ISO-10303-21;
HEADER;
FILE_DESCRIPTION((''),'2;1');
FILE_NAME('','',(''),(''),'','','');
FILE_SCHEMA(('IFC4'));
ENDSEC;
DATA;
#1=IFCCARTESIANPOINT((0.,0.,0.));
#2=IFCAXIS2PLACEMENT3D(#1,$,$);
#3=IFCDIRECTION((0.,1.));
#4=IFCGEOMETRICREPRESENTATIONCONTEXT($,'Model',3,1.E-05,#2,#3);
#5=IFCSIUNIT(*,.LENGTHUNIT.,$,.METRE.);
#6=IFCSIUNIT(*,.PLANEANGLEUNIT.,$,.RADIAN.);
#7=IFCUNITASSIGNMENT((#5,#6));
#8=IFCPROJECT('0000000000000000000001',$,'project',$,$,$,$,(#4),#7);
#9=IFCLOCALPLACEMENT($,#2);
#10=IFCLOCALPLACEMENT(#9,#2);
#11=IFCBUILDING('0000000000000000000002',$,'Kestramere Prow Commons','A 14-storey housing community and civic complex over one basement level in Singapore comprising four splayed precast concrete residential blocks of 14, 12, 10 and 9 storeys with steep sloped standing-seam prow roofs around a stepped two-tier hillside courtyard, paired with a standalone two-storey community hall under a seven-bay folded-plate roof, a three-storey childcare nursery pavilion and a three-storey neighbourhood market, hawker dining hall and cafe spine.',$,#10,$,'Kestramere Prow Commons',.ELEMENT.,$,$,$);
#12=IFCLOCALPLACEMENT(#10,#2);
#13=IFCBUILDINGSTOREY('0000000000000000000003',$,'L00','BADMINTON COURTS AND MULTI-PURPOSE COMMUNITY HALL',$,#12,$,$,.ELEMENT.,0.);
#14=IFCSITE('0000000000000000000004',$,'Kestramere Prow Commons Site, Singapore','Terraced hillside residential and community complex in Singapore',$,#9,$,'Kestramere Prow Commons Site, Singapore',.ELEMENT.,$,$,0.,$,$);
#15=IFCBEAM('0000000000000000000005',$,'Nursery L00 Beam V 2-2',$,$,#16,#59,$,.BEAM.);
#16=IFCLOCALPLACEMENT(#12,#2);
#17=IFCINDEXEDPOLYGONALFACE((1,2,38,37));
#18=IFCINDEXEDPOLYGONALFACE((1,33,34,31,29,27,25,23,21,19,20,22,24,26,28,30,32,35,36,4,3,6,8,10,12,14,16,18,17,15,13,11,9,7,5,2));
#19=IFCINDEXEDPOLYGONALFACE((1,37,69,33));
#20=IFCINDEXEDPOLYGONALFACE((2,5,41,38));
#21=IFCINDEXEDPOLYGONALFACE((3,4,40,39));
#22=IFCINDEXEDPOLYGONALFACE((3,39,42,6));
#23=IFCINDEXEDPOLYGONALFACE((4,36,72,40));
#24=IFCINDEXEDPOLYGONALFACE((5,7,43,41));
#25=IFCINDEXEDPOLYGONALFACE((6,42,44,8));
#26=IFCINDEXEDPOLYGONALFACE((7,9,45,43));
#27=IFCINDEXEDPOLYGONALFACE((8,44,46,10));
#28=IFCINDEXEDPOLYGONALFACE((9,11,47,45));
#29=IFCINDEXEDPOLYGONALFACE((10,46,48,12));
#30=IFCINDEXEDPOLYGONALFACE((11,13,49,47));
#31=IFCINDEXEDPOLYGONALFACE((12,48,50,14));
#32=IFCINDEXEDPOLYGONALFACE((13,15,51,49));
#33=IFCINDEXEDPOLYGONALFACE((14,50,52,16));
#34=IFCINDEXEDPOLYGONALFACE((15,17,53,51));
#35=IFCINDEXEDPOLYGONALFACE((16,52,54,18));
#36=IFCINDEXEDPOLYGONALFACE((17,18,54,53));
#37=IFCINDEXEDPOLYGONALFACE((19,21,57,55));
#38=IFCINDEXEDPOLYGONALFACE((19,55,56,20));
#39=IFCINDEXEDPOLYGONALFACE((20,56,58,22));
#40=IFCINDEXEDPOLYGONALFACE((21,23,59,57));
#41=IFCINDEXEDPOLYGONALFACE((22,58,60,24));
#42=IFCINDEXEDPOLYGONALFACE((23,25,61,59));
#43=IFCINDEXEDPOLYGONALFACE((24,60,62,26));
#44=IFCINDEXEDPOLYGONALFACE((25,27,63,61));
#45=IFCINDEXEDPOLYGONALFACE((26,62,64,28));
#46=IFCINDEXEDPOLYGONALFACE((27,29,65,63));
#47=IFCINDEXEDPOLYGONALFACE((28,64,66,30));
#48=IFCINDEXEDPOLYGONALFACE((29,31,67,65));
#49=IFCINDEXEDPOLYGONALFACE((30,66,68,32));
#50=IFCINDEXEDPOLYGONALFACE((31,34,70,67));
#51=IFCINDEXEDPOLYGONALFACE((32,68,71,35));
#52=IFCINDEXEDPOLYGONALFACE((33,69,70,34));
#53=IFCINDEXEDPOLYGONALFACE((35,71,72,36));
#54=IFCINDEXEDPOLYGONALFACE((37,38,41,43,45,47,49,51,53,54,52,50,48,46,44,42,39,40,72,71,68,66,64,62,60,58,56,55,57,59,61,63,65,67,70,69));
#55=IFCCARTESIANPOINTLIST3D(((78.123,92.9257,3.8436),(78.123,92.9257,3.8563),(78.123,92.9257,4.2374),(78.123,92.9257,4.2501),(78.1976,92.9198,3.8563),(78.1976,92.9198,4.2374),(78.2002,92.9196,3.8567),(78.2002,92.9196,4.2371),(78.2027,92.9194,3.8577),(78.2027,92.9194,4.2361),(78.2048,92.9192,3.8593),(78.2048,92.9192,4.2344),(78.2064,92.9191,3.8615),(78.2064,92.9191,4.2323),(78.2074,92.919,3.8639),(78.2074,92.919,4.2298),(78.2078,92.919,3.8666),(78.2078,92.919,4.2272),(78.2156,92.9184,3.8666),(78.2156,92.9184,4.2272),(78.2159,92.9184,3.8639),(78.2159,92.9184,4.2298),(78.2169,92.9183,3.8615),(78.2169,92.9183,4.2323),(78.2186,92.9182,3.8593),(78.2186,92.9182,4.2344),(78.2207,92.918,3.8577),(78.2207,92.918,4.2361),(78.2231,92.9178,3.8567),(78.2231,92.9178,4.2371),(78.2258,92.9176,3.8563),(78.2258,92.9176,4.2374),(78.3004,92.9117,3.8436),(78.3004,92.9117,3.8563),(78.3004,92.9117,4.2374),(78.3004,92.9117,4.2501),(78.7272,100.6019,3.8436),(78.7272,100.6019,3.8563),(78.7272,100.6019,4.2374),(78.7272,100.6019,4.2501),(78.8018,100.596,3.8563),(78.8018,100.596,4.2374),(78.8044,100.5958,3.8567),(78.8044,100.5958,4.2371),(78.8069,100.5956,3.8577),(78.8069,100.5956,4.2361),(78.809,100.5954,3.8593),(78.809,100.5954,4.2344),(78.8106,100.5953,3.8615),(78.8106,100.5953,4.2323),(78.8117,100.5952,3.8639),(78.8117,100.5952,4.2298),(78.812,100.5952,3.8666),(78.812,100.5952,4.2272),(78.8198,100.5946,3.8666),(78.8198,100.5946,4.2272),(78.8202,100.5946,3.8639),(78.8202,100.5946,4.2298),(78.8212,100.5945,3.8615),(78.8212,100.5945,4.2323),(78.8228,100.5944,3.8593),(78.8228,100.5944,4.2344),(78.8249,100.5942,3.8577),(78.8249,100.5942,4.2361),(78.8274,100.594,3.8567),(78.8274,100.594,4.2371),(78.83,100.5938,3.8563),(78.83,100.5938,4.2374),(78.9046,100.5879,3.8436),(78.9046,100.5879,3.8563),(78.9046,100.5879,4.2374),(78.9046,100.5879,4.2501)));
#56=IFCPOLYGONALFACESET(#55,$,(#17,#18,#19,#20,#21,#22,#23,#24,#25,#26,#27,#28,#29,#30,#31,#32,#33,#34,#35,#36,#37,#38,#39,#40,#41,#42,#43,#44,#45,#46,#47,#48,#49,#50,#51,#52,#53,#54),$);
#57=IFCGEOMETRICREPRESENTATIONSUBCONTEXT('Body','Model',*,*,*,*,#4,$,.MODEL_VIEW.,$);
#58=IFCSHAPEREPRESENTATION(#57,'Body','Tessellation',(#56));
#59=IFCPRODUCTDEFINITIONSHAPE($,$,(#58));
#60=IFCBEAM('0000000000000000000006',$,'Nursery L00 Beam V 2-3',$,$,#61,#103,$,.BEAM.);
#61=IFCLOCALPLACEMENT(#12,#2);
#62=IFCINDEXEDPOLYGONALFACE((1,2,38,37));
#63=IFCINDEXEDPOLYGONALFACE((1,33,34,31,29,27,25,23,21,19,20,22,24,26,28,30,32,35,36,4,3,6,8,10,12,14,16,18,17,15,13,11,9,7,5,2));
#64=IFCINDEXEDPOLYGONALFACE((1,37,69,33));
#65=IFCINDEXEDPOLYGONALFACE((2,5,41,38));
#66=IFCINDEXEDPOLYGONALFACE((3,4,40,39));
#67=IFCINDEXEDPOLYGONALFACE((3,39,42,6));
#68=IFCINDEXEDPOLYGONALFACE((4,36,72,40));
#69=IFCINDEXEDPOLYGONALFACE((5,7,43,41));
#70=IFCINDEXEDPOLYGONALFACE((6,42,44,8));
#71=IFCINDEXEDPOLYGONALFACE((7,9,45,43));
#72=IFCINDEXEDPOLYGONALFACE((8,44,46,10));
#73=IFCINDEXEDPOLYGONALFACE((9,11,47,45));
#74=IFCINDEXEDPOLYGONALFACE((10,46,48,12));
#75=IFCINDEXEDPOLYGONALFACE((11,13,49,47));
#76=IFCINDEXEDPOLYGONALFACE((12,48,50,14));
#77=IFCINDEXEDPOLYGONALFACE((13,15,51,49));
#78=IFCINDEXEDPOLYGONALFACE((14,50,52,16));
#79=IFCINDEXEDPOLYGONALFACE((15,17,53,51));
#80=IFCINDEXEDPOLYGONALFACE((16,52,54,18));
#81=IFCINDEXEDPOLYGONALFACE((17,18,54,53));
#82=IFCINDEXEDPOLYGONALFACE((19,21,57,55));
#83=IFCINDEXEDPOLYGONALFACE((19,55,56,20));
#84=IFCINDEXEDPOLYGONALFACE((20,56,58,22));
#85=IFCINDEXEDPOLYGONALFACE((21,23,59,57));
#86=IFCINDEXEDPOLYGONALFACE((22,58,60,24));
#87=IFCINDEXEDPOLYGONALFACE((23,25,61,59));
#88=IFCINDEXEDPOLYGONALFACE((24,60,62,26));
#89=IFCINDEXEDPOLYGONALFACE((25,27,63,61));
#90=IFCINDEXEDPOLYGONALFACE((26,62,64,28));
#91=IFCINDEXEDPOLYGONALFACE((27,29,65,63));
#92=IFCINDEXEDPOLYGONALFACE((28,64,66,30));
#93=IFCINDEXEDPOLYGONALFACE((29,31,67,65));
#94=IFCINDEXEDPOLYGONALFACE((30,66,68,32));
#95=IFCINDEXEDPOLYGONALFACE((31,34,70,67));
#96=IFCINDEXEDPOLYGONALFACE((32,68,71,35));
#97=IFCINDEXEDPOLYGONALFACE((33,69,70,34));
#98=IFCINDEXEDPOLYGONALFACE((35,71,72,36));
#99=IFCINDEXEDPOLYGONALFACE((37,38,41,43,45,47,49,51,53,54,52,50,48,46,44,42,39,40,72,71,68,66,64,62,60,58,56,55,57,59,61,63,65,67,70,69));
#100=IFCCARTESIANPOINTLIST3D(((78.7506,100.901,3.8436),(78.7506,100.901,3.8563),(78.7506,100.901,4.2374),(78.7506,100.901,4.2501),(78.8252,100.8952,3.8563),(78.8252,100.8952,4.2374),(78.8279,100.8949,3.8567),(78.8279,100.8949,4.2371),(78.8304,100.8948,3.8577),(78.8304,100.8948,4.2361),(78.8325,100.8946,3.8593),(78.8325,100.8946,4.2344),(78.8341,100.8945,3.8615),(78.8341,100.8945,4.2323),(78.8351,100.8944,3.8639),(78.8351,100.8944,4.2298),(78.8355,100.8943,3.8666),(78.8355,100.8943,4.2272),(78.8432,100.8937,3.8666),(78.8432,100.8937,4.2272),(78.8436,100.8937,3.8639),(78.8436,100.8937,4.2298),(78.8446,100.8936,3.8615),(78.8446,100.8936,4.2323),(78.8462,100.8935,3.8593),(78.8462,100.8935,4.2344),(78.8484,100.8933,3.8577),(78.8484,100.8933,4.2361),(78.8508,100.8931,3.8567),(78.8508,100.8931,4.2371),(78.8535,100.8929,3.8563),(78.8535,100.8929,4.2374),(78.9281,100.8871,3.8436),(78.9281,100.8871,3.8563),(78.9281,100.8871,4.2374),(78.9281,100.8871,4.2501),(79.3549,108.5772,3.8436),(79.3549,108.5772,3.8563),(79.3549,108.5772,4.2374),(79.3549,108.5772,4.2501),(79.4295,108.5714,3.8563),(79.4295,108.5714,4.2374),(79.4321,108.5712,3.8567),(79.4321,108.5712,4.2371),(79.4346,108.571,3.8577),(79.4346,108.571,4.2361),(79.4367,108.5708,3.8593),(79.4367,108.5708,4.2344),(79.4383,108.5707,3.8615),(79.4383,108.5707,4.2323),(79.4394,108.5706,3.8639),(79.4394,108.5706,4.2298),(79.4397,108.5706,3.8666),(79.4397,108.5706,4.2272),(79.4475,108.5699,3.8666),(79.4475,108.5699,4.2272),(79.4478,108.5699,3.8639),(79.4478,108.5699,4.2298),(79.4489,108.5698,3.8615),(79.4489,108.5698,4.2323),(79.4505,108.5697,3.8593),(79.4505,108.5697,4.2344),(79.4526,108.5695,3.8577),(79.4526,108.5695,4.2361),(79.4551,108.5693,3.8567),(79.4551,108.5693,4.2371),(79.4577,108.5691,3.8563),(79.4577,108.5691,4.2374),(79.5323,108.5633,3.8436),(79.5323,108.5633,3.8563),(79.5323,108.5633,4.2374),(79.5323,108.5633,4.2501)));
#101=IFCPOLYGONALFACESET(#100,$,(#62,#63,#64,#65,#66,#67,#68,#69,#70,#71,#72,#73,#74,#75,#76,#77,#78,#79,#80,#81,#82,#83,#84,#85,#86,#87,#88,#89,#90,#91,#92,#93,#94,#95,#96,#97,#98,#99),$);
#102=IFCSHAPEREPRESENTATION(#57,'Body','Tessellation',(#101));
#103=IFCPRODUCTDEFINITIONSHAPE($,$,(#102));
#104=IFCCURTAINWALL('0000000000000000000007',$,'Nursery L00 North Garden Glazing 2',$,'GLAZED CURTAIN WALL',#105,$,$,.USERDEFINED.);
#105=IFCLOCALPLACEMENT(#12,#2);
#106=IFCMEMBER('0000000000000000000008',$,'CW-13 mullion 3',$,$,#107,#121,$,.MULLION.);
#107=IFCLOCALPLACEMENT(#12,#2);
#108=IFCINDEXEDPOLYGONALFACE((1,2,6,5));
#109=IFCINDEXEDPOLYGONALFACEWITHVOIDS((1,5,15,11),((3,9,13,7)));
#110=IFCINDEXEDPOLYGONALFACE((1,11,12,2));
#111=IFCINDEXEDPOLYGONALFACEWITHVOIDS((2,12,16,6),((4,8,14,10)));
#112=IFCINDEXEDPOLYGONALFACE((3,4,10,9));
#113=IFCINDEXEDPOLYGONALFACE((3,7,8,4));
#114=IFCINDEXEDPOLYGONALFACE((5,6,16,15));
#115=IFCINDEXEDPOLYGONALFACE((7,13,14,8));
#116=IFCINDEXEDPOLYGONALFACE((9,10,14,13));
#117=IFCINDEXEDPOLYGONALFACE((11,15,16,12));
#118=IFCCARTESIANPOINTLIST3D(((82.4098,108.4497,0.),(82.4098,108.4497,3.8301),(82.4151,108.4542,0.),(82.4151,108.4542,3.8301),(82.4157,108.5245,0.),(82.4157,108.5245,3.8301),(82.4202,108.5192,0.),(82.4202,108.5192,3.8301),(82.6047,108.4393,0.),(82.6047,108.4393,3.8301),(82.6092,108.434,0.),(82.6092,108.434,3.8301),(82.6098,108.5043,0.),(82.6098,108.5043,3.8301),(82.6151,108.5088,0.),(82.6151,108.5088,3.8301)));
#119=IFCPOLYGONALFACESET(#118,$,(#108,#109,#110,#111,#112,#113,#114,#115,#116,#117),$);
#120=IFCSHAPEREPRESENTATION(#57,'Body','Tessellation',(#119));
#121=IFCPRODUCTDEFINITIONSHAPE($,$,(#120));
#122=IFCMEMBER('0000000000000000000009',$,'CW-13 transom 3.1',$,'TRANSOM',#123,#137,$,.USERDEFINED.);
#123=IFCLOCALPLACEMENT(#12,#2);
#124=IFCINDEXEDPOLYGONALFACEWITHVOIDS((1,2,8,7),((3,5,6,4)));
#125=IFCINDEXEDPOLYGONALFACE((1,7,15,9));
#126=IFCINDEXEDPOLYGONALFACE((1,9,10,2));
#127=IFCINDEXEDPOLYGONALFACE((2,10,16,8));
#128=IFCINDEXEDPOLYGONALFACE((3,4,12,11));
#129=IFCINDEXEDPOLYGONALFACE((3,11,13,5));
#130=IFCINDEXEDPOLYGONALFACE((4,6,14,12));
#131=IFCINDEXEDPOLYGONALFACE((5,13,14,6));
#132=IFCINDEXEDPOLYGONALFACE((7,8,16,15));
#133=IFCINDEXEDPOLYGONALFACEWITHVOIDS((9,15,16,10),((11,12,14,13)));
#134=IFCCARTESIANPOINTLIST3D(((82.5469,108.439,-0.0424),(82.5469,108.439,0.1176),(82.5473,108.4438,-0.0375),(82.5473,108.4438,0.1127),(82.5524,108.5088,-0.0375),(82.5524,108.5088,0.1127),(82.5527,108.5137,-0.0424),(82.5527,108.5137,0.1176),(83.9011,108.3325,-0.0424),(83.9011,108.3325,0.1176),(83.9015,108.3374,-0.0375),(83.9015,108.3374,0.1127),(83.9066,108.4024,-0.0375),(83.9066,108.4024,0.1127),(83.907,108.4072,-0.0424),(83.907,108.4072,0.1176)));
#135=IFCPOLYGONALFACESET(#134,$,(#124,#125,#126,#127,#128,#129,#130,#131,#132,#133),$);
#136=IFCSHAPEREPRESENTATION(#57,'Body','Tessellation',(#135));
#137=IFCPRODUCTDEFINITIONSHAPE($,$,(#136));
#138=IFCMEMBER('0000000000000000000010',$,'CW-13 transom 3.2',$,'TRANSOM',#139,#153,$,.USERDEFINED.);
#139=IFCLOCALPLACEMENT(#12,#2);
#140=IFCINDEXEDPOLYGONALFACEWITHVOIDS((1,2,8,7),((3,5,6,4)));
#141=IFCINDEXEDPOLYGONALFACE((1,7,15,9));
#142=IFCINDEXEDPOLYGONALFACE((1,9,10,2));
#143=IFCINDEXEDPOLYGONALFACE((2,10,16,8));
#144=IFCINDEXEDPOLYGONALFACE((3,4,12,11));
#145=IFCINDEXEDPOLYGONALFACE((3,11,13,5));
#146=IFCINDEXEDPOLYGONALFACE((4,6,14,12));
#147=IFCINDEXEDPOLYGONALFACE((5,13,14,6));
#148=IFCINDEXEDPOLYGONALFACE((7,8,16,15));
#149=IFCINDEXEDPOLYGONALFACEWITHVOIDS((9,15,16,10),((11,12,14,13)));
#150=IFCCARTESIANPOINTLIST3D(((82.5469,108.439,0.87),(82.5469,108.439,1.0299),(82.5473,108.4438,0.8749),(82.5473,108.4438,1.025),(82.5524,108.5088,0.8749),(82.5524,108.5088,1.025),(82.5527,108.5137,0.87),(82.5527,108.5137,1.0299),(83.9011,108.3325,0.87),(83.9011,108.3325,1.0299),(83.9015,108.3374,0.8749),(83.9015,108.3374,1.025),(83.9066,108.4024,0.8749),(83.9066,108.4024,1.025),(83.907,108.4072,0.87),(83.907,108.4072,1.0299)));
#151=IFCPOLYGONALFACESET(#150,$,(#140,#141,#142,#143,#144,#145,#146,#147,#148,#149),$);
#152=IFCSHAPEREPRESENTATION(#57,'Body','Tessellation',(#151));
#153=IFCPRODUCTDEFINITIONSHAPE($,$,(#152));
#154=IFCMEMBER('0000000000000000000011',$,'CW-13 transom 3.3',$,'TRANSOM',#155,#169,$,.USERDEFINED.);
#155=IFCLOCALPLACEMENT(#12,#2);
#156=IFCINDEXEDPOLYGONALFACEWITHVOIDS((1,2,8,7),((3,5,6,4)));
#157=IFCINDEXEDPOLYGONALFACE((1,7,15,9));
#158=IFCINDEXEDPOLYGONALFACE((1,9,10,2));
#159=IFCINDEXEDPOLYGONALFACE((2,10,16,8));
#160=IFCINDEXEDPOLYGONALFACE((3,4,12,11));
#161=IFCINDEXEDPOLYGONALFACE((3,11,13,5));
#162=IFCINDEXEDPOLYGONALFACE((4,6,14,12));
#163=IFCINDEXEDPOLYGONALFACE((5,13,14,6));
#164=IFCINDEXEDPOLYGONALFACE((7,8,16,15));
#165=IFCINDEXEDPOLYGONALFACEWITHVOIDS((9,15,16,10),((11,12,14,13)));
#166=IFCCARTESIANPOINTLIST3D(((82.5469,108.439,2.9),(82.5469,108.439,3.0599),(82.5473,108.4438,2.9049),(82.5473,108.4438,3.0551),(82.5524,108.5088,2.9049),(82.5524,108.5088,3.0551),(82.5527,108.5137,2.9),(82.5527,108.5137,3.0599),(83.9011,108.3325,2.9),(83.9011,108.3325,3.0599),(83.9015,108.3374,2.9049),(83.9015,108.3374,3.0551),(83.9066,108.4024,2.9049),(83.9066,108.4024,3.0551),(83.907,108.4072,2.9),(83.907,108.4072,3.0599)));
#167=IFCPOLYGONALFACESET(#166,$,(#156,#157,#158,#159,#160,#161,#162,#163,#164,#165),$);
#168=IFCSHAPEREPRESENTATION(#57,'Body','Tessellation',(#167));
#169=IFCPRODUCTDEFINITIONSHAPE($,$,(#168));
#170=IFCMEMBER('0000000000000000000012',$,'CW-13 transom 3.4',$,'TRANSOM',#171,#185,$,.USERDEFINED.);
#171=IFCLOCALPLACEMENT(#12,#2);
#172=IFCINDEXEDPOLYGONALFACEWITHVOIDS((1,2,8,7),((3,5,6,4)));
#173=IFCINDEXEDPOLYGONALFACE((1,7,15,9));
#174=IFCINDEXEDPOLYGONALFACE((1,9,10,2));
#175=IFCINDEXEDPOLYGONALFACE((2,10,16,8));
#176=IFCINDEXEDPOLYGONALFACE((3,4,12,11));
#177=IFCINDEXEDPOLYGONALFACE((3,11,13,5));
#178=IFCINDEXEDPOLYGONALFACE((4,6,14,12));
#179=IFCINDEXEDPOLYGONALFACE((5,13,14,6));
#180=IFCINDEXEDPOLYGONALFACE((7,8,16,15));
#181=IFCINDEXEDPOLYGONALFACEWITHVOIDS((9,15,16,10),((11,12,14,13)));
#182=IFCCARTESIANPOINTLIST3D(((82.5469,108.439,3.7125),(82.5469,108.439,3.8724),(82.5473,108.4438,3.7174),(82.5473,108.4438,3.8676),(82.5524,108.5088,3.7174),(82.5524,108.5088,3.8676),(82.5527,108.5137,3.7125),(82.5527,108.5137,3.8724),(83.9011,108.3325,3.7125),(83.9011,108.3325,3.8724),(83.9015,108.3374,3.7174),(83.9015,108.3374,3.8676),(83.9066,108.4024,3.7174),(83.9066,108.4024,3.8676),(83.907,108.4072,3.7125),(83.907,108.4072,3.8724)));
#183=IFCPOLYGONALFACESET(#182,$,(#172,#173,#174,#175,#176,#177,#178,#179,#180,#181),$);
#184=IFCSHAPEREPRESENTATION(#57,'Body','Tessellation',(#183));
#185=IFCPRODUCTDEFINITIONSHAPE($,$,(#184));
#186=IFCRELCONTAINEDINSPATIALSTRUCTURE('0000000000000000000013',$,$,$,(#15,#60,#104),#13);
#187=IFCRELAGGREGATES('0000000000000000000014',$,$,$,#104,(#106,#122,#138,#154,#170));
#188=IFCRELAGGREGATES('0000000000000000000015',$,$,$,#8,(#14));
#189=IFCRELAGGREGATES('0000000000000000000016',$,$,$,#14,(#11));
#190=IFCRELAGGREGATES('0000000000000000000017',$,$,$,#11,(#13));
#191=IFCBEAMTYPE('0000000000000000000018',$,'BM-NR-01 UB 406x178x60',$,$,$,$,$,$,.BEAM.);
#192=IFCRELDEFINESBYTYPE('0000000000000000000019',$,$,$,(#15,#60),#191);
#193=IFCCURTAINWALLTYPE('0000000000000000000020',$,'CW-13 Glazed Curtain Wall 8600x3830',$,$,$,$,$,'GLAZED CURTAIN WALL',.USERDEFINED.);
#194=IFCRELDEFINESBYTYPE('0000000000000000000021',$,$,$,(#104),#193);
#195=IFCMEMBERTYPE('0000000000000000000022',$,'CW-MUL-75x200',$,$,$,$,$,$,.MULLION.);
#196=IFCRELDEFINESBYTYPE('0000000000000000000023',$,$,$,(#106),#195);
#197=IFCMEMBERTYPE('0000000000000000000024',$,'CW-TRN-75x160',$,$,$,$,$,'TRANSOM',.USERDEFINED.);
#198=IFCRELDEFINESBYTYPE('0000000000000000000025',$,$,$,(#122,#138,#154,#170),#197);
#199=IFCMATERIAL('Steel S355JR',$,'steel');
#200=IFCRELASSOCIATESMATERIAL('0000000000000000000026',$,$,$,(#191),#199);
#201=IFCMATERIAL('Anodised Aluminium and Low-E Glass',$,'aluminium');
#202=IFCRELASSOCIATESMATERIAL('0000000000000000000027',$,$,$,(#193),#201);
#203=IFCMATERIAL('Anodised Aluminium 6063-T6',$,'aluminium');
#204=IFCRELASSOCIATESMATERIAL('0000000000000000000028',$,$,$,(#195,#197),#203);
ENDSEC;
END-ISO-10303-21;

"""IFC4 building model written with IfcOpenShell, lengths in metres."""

from ifc_helpers import new_model, si_unit, direction, frame, origin, origin_2d, place, context, subcontext, project, spatial, hollow_rectangle, i_section, extrude, material, material_profile, profile_set, type_object, element, aggregate, save


model = new_model("IFC4")

# Units and contexts
model_context = context("Model", 3, precision=1e-05, world=origin(), true_north=direction((0.0, 1.0)))
body_context = subcontext(model_context, "Body", "Model", "MODEL_VIEW")
ifc_project = project(units=[si_unit("LENGTHUNIT", "METRE"), si_unit("PLANEANGLEUNIT", "RADIAN")], contexts=[model_context])

# Site, building, storey
site_placement = place(None, origin())
site = spatial("IfcSite", under=ifc_project, at=site_placement, Name="Kestramere Prow Commons Site, Singapore", Description="Terraced hillside residential and community complex in Singapore", LongName="Kestramere Prow Commons Site, Singapore", CompositionType="ELEMENT", RefElevation=0.0)
building_placement = place(site_placement, origin())
building = spatial("IfcBuilding", under=site, at=building_placement, Name="Kestramere Prow Commons", Description="A 14-storey housing community and civic complex over one basement level in Singapore comprising four splayed precast concrete residential blocks of 14, 12, 10 and 9 storeys with steep sloped standing-seam prow roofs around a stepped two-tier hillside courtyard, paired with a standalone two-storey community hall under a seven-bay folded-plate roof, a three-storey childcare nursery pavilion and a three-storey neighbourhood market, hawker dining hall and cafe spine.", LongName="Kestramere Prow Commons", CompositionType="ELEMENT")
storey_placement = place(building_placement, origin())
storey = spatial("IfcBuildingStorey", under=building, at=storey_placement, Name="L00", Description="BADMINTON COURTS AND MULTI-PURPOSE COMMUNITY HALL", CompositionType="ELEMENT", Elevation=0.0)

# Shared definitions
ifc_material_1 = material(Name="Steel S355JR", Category="steel")

# Beams
ifc_material_profile_1 = material_profile(ifc_material_1, i_section(OverallWidth=0.178, OverallDepth=0.4065, WebThickness=0.0078, FlangeThickness=0.0127, FilletRadius=0.0103, at=origin_2d()), Name="UB 406x178x60")
ifc_profile_set_1 = profile_set([ifc_material_profile_1], Name="Steel S355JR")
beam_type_1 = type_object("IfcBeamType", Name="BM-NR-01 UB 406x178x60", PredefinedType="BEAM", material=ifc_profile_set_1)
for number, where, z_axis, x_axis, name in (
    (1, (78.2117, 92.9187, 4.0469), (0.078474, 0.996916, 0.0), (-0.996916, 0.078474, 0.0), "Nursery L00 Beam V 2-2"),
    (2, (78.8394, 100.894, 4.0469), (0.078474, 0.996916, 0.0), (-0.996916, 0.078474, 0.0), "Nursery L00 Beam V 2-3"),
):
    element("IfcBeam", number, at=place(storey_placement, frame(where, z_axis=z_axis, x_axis=x_axis)), inside=storey, type_object=beam_type_1, Name=name, PredefinedType="BEAM", context=body_context, shape_type="SweptSolid", body=[
        extrude(i_section(OverallWidth=0.178, OverallDepth=0.4065, WebThickness=0.0078, FlangeThickness=0.0127, FilletRadius=0.0103, at=origin_2d()), origin(), (0.0, 0.0, 1.0), 7.7),
    ])

# Curtain wall, members
ifc_material_2 = material(Name="Anodised Aluminium and Low-E Glass", Category="aluminium")
curtain_wall_type = type_object("IfcCurtainWallType", Name="CW-13 Glazed Curtain Wall 8600x3830", ElementType="GLAZED CURTAIN WALL", PredefinedType="USERDEFINED", material=ifc_material_2)
curtain_wall_placement = place(storey_placement, origin())
curtain_wall = element("IfcCurtainWall", 3, at=curtain_wall_placement, inside=storey, type_object=curtain_wall_type, Name="Nursery L00 North Garden Glazing 2", ObjectType="GLAZED CURTAIN WALL", PredefinedType="USERDEFINED")
ifc_material_3 = material(Name="Anodised Aluminium 6063-T6", Category="aluminium")
ifc_material_profile_2 = material_profile(ifc_material_3, hollow_rectangle(XDim=0.075, YDim=0.2, WallThickness=0.0049, at=origin_2d()), Name="ALU-MUL 75x200")
ifc_profile_set_2 = profile_set([ifc_material_profile_2], Name="Anodised Aluminium 6063-T6")
member_type_1 = type_object("IfcMemberType", Name="CW-MUL-75x200", PredefinedType="MULLION", material=ifc_profile_set_2)
member_1_placement = place(storey_placement, frame((82.5125, 108.4792, 0.0), z_axis=(0.0, 0.0, 1.0), x_axis=(0.078459, 0.996917, 0.0)))
member_1 = element("IfcMember", 4, at=member_1_placement, type_object=member_type_1, Name="CW-13 mullion 3", PredefinedType="MULLION", context=body_context, shape_type="SweptSolid", body=[
    extrude(hollow_rectangle(XDim=0.075, YDim=0.2, WallThickness=0.0049, at=origin_2d()), origin(), (0.0, 0.0, 1.0), 3.8301),
])
ifc_material_profile_3 = material_profile(ifc_material_3, hollow_rectangle(XDim=0.075, YDim=0.1599, WallThickness=0.0049, at=origin_2d()), Name="ALU-TRN 75x160")
ifc_profile_set_3 = profile_set([ifc_material_profile_3], Name="Anodised Aluminium 6063-T6")
member_type_2 = type_object("IfcMemberType", Name="CW-TRN-75x160", ElementType="TRANSOM", PredefinedType="USERDEFINED", material=ifc_profile_set_3)
member_2_placement = place(storey_placement, frame((82.5498, 108.4763, 0.0376), z_axis=(0.996925, -0.078359, 0.0), x_axis=(0.078359, 0.996925, 0.0)))
member_2 = element("IfcMember", 5, at=member_2_placement, type_object=member_type_2, Name="CW-13 transom 3.1", ObjectType="TRANSOM", PredefinedType="USERDEFINED", context=body_context, shape_type="SweptSolid", body=[
    extrude(hollow_rectangle(XDim=0.075, YDim=0.1599, WallThickness=0.0049, at=origin_2d()), origin(), (0.0, 0.0, 1.0), 1.3584),
])
member_3_placement = place(storey_placement, frame((82.5498, 108.4763, 0.95), z_axis=(0.996925, -0.078359, 0.0), x_axis=(0.078359, 0.996925, 0.0)))
member_3 = element("IfcMember", 6, at=member_3_placement, type_object=member_type_2, Name="CW-13 transom 3.2", ObjectType="TRANSOM", PredefinedType="USERDEFINED", context=body_context, shape_type="SweptSolid", body=[
    extrude(hollow_rectangle(XDim=0.075, YDim=0.1599, WallThickness=0.0049, at=origin_2d()), origin(), (0.0, 0.0, 1.0), 1.3584),
])
member_4_placement = place(storey_placement, frame((82.5498, 108.4763, 2.98), z_axis=(0.996925, -0.078359, 0.0), x_axis=(0.078359, 0.996925, 0.0)))
member_4 = element("IfcMember", 7, at=member_4_placement, type_object=member_type_2, Name="CW-13 transom 3.3", ObjectType="TRANSOM", PredefinedType="USERDEFINED", context=body_context, shape_type="SweptSolid", body=[
    extrude(hollow_rectangle(XDim=0.075, YDim=0.1599, WallThickness=0.0049, at=origin_2d()), origin(), (0.0, 0.0, 1.0), 1.3584),
])
member_5_placement = place(storey_placement, frame((82.5498, 108.4763, 3.7925), z_axis=(0.996925, -0.078359, 0.0), x_axis=(0.078359, 0.996925, 0.0)))
member_5 = element("IfcMember", 8, at=member_5_placement, type_object=member_type_2, Name="CW-13 transom 3.4", ObjectType="TRANSOM", PredefinedType="USERDEFINED", context=body_context, shape_type="SweptSolid", body=[
    extrude(hollow_rectangle(XDim=0.075, YDim=0.1599, WallThickness=0.0049, at=origin_2d()), origin(), (0.0, 0.0, 1.0), 1.3584),
])

aggregate(curtain_wall, [member_1, member_2, member_3, member_4, member_5])

save(model, "model.ifc")
